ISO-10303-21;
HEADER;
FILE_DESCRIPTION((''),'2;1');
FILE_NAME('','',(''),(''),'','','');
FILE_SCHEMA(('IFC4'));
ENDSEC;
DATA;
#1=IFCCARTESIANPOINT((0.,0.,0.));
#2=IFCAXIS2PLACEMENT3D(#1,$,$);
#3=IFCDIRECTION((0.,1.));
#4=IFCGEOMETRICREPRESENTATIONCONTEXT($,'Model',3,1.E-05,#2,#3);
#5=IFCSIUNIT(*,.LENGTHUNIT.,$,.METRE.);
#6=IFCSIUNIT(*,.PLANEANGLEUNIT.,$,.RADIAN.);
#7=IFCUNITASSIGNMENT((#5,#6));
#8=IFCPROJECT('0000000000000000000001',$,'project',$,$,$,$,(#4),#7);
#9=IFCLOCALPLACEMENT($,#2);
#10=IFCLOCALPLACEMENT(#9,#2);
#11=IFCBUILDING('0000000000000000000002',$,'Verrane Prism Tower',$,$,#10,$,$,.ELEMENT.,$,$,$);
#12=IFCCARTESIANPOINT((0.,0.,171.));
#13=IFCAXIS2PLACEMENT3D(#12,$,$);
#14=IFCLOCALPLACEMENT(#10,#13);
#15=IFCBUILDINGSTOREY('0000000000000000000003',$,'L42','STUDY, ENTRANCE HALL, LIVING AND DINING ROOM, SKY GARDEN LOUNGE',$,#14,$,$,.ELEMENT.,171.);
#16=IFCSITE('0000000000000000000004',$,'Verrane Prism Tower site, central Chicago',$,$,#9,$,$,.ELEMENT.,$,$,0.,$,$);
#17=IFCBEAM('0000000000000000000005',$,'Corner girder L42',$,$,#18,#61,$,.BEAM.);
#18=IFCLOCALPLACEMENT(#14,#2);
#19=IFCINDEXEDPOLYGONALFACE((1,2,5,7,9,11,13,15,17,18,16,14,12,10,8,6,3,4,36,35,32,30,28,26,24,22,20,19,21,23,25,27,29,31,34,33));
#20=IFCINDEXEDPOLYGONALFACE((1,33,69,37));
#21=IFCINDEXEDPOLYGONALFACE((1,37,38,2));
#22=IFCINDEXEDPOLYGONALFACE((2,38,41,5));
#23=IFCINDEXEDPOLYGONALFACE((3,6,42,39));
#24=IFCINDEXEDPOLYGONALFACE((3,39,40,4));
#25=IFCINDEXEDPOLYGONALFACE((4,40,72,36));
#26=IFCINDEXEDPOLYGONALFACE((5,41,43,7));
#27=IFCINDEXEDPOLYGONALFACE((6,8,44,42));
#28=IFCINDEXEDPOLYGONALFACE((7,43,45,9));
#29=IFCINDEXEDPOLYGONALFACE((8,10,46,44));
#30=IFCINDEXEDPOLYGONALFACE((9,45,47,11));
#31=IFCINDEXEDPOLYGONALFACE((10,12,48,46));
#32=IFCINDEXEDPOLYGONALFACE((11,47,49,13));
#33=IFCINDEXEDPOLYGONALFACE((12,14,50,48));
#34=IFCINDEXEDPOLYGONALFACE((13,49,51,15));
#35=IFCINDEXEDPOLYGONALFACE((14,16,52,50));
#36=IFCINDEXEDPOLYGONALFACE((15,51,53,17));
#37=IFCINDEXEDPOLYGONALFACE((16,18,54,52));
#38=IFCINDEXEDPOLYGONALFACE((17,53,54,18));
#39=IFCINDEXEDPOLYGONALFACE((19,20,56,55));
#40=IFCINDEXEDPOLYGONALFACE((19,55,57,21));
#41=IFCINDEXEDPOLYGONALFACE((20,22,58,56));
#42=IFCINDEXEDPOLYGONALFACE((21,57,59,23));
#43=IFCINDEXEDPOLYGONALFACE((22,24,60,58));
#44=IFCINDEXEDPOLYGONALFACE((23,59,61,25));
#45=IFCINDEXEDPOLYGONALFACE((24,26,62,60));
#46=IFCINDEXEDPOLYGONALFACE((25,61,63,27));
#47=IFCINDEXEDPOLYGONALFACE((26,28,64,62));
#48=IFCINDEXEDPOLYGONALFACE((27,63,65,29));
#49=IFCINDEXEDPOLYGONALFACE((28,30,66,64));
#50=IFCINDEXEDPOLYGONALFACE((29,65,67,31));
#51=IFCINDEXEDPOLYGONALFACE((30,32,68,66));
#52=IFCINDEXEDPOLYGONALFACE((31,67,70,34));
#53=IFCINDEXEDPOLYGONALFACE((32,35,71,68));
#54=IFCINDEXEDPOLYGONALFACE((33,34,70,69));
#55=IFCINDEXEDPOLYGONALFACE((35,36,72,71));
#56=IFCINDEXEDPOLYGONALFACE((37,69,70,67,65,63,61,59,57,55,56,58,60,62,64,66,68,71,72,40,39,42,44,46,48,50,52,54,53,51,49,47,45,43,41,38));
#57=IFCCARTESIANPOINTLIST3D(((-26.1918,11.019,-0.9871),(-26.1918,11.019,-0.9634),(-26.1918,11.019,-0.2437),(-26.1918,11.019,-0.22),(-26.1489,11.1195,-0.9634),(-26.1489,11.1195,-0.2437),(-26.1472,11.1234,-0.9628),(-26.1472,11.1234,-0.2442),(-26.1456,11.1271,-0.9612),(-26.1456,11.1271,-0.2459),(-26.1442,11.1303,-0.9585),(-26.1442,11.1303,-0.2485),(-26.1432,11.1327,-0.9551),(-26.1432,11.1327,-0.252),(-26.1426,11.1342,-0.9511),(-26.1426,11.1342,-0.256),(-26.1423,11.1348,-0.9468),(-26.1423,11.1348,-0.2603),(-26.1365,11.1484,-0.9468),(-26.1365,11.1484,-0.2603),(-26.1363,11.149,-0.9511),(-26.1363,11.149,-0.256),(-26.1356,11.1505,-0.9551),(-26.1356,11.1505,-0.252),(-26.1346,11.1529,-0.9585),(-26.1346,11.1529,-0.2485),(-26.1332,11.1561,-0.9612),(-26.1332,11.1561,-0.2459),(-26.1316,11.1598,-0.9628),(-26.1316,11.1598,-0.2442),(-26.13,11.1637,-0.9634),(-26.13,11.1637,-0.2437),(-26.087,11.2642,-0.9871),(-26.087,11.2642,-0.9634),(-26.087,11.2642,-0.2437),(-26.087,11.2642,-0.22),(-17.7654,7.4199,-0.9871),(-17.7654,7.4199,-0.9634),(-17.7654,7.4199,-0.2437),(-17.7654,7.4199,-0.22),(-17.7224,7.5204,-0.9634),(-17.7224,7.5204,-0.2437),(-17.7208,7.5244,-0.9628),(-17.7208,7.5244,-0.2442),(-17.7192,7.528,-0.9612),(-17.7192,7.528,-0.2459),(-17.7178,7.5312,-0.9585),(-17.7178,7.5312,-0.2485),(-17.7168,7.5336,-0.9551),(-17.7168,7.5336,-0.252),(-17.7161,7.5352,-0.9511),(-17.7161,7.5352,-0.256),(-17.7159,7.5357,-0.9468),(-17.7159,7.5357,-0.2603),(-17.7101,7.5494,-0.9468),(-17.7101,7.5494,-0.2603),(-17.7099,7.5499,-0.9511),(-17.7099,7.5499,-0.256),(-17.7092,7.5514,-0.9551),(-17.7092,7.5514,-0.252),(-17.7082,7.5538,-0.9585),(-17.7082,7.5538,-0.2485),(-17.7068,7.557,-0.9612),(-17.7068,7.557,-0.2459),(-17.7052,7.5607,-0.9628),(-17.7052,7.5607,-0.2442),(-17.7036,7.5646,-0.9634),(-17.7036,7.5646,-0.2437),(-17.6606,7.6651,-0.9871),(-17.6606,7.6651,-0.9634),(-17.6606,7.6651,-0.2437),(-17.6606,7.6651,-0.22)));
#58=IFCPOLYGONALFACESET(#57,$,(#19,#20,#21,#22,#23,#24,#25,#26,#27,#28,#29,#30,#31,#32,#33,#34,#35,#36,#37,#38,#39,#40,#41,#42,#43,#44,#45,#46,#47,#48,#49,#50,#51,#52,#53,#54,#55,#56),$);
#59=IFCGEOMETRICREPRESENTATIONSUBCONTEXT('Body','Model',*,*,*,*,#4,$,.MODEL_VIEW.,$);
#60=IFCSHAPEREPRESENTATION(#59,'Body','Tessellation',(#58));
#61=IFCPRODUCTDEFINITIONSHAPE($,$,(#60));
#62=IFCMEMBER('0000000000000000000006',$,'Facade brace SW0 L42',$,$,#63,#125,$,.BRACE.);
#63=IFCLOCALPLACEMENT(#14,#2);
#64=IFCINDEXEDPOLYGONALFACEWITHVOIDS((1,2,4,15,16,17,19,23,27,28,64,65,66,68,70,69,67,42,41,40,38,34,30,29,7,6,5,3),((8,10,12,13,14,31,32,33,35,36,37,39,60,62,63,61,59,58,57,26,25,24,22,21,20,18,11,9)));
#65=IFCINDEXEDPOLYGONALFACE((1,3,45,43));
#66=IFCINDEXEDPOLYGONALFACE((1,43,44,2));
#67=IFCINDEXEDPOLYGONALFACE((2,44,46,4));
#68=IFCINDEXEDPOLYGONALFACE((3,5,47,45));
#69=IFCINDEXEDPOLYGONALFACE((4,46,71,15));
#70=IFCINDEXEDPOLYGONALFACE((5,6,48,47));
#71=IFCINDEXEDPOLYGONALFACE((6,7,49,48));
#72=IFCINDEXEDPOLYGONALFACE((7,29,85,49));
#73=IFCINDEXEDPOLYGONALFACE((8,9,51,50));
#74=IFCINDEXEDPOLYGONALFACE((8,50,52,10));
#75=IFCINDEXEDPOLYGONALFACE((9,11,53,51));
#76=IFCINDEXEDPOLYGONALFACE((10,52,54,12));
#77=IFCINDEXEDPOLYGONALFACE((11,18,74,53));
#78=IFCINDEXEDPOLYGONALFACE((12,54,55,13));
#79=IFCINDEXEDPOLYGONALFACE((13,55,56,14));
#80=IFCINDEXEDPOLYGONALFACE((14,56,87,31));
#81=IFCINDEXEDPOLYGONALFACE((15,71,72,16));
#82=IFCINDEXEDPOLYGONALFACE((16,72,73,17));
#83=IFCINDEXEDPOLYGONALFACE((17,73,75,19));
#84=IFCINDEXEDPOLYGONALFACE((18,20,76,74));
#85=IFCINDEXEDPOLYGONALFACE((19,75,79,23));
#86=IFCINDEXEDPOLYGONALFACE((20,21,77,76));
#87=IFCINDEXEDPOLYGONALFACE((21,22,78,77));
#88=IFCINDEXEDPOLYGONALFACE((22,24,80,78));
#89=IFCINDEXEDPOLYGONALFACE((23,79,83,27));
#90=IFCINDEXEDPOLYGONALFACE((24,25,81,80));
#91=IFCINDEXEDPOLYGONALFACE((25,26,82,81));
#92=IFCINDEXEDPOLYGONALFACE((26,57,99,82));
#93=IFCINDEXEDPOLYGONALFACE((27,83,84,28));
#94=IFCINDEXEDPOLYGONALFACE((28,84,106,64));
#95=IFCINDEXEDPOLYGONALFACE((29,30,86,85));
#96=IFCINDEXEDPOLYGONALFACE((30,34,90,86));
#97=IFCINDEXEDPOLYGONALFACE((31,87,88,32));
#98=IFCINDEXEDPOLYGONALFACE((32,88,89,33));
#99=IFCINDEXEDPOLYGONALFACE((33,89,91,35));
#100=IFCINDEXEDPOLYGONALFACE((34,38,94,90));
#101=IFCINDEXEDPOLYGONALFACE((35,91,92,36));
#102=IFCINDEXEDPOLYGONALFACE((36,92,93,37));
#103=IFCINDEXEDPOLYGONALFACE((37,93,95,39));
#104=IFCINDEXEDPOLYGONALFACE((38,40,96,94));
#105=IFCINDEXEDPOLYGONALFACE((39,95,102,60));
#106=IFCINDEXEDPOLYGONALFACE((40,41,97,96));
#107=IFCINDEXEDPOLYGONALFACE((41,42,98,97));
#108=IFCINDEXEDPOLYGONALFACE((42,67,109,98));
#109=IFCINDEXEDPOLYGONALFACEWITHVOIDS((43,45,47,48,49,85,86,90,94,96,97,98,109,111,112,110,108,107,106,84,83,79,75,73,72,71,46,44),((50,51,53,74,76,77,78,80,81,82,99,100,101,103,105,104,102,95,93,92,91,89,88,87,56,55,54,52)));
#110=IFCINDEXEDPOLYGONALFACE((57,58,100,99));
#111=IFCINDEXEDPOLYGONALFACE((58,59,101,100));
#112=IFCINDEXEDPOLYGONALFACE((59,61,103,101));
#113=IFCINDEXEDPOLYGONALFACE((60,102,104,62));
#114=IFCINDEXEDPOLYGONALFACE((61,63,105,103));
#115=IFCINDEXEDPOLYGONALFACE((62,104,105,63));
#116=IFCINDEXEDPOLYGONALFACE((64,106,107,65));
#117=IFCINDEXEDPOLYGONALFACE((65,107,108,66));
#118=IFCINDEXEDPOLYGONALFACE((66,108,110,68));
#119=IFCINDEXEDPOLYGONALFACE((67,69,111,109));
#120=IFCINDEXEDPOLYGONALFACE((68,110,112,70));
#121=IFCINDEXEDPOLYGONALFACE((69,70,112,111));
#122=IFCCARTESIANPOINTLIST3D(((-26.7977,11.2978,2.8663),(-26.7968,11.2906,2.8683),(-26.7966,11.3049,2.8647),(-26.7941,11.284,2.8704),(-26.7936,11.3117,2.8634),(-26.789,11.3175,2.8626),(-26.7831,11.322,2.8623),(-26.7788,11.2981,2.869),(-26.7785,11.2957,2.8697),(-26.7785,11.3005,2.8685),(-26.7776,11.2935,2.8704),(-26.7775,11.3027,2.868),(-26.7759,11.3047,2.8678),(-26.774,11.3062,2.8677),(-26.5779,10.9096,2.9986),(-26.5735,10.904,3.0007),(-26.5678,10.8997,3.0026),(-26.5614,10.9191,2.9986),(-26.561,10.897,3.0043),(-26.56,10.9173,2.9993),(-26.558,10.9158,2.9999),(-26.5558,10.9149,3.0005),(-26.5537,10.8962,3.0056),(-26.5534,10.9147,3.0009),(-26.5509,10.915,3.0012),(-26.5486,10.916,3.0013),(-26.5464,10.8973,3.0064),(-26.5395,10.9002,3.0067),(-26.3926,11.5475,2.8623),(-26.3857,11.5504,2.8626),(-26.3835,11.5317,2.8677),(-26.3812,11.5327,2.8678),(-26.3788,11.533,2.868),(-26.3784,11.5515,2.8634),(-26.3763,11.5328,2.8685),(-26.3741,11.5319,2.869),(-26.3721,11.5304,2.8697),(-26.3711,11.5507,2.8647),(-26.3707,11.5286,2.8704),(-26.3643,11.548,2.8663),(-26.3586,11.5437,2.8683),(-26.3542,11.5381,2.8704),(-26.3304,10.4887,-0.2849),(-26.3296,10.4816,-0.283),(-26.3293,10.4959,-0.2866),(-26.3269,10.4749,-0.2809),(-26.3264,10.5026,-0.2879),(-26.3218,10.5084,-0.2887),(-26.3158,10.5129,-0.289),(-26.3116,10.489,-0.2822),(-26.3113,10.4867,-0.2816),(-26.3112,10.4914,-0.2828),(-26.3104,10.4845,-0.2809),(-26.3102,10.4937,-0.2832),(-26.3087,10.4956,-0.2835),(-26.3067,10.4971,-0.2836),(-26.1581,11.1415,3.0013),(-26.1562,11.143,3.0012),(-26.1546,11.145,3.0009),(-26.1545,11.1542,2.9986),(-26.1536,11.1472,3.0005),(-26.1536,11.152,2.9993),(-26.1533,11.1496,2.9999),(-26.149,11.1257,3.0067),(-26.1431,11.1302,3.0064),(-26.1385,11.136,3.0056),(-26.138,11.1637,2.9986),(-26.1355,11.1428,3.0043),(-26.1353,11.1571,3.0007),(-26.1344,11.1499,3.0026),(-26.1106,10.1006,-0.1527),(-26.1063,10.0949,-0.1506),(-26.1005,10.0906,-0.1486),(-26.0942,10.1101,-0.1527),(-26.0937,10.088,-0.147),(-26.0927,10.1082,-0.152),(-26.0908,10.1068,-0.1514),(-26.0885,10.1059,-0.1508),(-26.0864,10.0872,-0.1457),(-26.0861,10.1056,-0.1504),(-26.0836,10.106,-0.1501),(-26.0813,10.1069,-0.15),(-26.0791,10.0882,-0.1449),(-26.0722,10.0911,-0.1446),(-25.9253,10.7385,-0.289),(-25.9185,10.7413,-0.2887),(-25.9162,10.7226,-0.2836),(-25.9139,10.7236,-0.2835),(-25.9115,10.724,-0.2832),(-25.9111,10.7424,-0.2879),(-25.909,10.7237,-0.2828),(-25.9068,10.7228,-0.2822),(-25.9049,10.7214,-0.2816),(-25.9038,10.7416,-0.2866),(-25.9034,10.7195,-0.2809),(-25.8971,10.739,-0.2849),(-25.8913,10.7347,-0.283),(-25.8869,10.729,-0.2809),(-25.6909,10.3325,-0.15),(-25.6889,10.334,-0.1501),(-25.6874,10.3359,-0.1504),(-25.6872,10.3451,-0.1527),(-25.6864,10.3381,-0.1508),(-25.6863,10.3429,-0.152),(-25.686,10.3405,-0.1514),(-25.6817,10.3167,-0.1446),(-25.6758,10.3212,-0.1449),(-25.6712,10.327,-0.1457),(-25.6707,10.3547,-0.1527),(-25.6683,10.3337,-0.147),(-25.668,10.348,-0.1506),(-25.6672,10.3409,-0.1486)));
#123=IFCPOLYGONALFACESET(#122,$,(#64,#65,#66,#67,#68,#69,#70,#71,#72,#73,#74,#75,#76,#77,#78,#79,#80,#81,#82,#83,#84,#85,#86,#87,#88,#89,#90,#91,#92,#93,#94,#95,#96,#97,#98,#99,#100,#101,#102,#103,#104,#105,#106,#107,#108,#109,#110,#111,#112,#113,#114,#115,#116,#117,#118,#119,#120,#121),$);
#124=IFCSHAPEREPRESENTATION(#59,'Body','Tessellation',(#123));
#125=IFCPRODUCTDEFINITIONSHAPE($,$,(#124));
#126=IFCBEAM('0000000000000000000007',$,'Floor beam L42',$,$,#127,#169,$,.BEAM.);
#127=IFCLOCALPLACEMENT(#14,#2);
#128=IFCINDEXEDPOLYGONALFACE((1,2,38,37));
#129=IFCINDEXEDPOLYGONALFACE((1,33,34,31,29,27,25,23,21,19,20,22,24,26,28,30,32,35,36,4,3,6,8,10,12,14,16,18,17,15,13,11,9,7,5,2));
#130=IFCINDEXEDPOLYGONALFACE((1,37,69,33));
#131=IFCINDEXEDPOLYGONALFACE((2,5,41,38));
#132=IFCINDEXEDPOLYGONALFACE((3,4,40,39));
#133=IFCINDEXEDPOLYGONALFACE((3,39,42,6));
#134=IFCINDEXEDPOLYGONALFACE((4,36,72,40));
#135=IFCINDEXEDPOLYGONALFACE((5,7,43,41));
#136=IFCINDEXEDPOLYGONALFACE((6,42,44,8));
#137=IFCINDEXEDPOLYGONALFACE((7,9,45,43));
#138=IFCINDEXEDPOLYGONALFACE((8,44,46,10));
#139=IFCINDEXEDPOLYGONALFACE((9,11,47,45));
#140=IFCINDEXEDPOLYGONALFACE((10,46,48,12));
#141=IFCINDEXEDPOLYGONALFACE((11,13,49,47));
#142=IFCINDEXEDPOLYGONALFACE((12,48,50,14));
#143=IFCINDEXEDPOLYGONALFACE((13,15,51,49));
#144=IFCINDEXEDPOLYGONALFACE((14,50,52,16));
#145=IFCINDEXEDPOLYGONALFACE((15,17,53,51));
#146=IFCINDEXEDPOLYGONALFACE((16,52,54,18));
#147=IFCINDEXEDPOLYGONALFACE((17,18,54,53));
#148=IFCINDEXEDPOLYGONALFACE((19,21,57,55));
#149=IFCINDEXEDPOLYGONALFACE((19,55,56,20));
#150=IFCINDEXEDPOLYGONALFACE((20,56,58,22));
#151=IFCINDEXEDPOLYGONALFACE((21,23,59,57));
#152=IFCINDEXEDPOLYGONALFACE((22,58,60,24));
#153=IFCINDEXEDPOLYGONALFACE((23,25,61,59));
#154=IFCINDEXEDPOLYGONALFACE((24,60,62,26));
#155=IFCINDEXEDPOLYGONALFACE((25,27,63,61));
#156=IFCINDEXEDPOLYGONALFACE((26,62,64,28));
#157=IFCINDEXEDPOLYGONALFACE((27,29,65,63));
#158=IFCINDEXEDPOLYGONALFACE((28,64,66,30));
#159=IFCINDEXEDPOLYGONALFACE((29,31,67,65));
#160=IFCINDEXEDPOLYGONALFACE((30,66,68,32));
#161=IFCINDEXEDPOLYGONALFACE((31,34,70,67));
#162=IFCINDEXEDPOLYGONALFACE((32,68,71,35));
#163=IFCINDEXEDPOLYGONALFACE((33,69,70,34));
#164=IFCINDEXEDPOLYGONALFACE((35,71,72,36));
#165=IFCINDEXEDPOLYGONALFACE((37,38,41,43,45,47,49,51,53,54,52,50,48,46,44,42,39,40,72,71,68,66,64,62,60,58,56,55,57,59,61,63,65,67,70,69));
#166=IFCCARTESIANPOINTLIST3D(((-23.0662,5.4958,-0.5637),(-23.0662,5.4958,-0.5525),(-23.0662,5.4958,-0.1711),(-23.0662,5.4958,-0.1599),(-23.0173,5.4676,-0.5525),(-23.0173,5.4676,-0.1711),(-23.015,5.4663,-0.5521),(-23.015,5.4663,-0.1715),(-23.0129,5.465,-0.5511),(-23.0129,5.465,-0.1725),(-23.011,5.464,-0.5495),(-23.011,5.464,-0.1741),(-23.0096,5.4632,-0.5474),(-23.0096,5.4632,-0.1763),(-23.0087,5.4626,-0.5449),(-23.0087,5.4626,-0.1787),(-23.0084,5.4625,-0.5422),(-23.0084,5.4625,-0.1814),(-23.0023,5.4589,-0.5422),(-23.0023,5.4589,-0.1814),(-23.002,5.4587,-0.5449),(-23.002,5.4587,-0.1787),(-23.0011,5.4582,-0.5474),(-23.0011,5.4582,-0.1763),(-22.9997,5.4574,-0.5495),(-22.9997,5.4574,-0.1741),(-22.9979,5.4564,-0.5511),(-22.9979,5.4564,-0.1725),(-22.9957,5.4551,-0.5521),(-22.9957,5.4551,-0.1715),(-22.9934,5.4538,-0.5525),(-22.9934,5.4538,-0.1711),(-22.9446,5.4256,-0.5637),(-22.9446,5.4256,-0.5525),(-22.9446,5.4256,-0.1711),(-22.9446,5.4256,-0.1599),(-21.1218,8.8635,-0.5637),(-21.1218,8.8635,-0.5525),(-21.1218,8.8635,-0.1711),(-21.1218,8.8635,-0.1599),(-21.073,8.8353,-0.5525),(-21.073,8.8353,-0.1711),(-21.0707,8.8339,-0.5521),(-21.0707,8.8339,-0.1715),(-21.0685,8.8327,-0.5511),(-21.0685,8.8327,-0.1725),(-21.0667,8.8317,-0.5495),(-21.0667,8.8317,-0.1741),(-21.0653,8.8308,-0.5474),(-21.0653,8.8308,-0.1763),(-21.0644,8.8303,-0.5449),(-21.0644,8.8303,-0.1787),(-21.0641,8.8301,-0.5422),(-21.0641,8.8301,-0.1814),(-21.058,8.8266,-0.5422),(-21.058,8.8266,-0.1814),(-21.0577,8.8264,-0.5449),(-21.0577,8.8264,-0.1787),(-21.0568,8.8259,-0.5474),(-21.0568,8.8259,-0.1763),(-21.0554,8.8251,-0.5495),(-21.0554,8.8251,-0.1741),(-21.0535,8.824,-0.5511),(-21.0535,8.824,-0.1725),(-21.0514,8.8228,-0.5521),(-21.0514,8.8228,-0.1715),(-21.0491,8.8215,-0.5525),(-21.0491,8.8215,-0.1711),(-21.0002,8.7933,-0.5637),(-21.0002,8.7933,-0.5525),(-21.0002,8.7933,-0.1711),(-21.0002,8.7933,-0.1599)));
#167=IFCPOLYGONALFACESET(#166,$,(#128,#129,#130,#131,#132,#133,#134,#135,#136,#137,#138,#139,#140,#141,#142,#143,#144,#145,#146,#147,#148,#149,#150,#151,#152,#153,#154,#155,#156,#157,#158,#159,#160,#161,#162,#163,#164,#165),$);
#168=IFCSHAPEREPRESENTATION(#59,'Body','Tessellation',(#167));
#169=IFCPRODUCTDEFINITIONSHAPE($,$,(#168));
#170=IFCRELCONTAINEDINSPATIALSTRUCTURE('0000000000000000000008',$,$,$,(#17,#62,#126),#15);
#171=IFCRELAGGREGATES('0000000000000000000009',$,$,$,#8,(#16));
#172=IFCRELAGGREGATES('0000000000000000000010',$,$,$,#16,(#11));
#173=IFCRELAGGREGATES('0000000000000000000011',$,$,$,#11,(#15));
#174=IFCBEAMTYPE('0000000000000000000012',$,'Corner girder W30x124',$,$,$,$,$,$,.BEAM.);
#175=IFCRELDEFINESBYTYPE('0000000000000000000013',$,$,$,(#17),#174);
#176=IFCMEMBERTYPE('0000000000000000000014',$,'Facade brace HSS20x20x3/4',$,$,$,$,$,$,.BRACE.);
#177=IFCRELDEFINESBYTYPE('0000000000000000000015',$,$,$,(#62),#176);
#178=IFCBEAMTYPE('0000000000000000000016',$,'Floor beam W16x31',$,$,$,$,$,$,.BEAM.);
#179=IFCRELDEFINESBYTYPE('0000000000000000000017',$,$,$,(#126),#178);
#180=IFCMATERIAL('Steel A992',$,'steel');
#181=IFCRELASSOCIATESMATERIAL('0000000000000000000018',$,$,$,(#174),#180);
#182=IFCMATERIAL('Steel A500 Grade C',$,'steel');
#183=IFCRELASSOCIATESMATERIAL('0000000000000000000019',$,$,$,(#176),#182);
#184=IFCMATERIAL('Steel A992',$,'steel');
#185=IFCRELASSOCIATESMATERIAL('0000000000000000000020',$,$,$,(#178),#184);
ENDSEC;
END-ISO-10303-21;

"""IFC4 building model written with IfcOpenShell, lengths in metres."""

from ifc_helpers import new_model, si_unit, direction, frame, origin, origin_2d, place, context, subcontext, project, spatial, hollow_rectangle, i_section, extrude, material, material_profile, profile_set, type_object, element, save


model = new_model("IFC4")

# Units and contexts
model_context = context("Model", 3, precision=1e-05, world=origin(), true_north=direction((0.0, 1.0)))
body_context = subcontext(model_context, "Body", "Model", "MODEL_VIEW")
ifc_project = project(units=[si_unit("LENGTHUNIT", "METRE"), si_unit("PLANEANGLEUNIT", "RADIAN")], contexts=[model_context])

# Site, building, storey
site_placement = place(None, origin())
site = spatial("IfcSite", under=ifc_project, at=site_placement, Name="Verrane Prism Tower site, central Chicago", CompositionType="ELEMENT", RefElevation=0.0)
building_placement = place(site_placement, origin())
building = spatial("IfcBuilding", under=site, at=building_placement, Name="Verrane Prism Tower", CompositionType="ELEMENT")
storey_placement = place(building_placement, frame((0.0, 0.0, 171.0)))
storey = spatial("IfcBuildingStorey", under=building, at=storey_placement, Name="L42", Description="STUDY, ENTRANCE HALL, LIVING AND DINING ROOM, SKY GARDEN LOUNGE", CompositionType="ELEMENT", Elevation=171.0)

# Beam
ifc_material_1 = material(Name="Steel A992", Category="steel")
ifc_material_profile_1 = material_profile(ifc_material_1, i_section(OverallWidth=0.2666, OverallDepth=0.7671, WebThickness=0.0149, FlangeThickness=0.0237, FilletRadius=0.0166, at=origin_2d()), Name="W30x124")
ifc_profile_set_1 = profile_set([ifc_material_profile_1], Name="Steel A992")
beam_type_1 = type_object("IfcBeamType", Name="Corner girder W30x124", PredefinedType="BEAM", material=ifc_profile_set_1)
beam_1_placement = place(storey_placement, frame((-26.1394, 11.1416, -0.6035), z_axis=(0.919628, -0.39279, 0.0), x_axis=(0.39279, 0.919628, 0.0)))
element("IfcBeam", 1, at=beam_1_placement, inside=storey, type_object=beam_type_1, Name="Corner girder L42", PredefinedType="BEAM", context=body_context, shape_type="SweptSolid", body=[
    extrude(i_section(OverallWidth=0.2666, OverallDepth=0.7671, WebThickness=0.0149, FlangeThickness=0.0237, FilletRadius=0.0166, at=origin_2d()), origin(), (0.0, 0.0, 1.0), 9.1628),
])

# Member
ifc_material_2 = material(Name="Steel A500 Grade C", Category="steel")
ifc_material_profile_2 = material_profile(ifc_material_2, hollow_rectangle(XDim=0.5081, YDim=0.5081, WallThickness=0.019, InnerFilletRadius=0.0095, OuterFilletRadius=0.0286, at=origin_2d()), Name="HSS20x20x3/4")
ifc_profile_set_2 = profile_set([ifc_material_profile_2], Name="Steel A500 Grade C")
member_type_1 = type_object("IfcMemberType", Name="Facade brace HSS20x20x3/4", PredefinedType="BRACE", material=ifc_profile_set_2)
member_1_placement = place(storey_placement, frame((-25.9988, 10.4148, -0.2168), z_axis=(-0.142163, 0.246149, 0.958749), x_axis=(-0.865951, -0.50013, 0.0)))
element("IfcMember", 2, at=member_1_placement, inside=storey, type_object=member_type_1, Name="Facade brace SW0 L42", PredefinedType="BRACE", context=body_context, shape_type="SweptSolid", body=[
    extrude(hollow_rectangle(XDim=0.5081, YDim=0.5081, WallThickness=0.019, InnerFilletRadius=0.0095, OuterFilletRadius=0.0286, at=origin_2d()), origin(), (0.0, 0.0, 1.0), 3.2869),
])

# Beam
ifc_material_3 = material(Name="Steel A992", Category="steel")
ifc_material_profile_3 = material_profile(ifc_material_3, i_section(OverallWidth=0.1404, OverallDepth=0.4038, WebThickness=0.0071, FlangeThickness=0.0112, FilletRadius=0.0103, at=origin_2d()), Name="W16x31")
ifc_profile_set_3 = profile_set([ifc_material_profile_3], Name="Steel A992")
beam_type_2 = type_object("IfcBeamType", Name="Floor beam W16x31", PredefinedType="BEAM", material=ifc_profile_set_3)
beam_2_placement = place(storey_placement, frame((-23.0054, 5.4607, -0.3618), z_axis=(0.500001, 0.866025, 0.0), x_axis=(-0.866025, 0.500001, 0.0)))
element("IfcBeam", 3, at=beam_2_placement, inside=storey, type_object=beam_type_2, Name="Floor beam L42", PredefinedType="BEAM", context=body_context, shape_type="SweptSolid", body=[
    extrude(i_section(OverallWidth=0.1404, OverallDepth=0.4038, WebThickness=0.0071, FlangeThickness=0.0112, FilletRadius=0.0103, at=origin_2d()), origin(), (0.0, 0.0, 1.0), 3.8887),
])

save(model, "model.ifc")
